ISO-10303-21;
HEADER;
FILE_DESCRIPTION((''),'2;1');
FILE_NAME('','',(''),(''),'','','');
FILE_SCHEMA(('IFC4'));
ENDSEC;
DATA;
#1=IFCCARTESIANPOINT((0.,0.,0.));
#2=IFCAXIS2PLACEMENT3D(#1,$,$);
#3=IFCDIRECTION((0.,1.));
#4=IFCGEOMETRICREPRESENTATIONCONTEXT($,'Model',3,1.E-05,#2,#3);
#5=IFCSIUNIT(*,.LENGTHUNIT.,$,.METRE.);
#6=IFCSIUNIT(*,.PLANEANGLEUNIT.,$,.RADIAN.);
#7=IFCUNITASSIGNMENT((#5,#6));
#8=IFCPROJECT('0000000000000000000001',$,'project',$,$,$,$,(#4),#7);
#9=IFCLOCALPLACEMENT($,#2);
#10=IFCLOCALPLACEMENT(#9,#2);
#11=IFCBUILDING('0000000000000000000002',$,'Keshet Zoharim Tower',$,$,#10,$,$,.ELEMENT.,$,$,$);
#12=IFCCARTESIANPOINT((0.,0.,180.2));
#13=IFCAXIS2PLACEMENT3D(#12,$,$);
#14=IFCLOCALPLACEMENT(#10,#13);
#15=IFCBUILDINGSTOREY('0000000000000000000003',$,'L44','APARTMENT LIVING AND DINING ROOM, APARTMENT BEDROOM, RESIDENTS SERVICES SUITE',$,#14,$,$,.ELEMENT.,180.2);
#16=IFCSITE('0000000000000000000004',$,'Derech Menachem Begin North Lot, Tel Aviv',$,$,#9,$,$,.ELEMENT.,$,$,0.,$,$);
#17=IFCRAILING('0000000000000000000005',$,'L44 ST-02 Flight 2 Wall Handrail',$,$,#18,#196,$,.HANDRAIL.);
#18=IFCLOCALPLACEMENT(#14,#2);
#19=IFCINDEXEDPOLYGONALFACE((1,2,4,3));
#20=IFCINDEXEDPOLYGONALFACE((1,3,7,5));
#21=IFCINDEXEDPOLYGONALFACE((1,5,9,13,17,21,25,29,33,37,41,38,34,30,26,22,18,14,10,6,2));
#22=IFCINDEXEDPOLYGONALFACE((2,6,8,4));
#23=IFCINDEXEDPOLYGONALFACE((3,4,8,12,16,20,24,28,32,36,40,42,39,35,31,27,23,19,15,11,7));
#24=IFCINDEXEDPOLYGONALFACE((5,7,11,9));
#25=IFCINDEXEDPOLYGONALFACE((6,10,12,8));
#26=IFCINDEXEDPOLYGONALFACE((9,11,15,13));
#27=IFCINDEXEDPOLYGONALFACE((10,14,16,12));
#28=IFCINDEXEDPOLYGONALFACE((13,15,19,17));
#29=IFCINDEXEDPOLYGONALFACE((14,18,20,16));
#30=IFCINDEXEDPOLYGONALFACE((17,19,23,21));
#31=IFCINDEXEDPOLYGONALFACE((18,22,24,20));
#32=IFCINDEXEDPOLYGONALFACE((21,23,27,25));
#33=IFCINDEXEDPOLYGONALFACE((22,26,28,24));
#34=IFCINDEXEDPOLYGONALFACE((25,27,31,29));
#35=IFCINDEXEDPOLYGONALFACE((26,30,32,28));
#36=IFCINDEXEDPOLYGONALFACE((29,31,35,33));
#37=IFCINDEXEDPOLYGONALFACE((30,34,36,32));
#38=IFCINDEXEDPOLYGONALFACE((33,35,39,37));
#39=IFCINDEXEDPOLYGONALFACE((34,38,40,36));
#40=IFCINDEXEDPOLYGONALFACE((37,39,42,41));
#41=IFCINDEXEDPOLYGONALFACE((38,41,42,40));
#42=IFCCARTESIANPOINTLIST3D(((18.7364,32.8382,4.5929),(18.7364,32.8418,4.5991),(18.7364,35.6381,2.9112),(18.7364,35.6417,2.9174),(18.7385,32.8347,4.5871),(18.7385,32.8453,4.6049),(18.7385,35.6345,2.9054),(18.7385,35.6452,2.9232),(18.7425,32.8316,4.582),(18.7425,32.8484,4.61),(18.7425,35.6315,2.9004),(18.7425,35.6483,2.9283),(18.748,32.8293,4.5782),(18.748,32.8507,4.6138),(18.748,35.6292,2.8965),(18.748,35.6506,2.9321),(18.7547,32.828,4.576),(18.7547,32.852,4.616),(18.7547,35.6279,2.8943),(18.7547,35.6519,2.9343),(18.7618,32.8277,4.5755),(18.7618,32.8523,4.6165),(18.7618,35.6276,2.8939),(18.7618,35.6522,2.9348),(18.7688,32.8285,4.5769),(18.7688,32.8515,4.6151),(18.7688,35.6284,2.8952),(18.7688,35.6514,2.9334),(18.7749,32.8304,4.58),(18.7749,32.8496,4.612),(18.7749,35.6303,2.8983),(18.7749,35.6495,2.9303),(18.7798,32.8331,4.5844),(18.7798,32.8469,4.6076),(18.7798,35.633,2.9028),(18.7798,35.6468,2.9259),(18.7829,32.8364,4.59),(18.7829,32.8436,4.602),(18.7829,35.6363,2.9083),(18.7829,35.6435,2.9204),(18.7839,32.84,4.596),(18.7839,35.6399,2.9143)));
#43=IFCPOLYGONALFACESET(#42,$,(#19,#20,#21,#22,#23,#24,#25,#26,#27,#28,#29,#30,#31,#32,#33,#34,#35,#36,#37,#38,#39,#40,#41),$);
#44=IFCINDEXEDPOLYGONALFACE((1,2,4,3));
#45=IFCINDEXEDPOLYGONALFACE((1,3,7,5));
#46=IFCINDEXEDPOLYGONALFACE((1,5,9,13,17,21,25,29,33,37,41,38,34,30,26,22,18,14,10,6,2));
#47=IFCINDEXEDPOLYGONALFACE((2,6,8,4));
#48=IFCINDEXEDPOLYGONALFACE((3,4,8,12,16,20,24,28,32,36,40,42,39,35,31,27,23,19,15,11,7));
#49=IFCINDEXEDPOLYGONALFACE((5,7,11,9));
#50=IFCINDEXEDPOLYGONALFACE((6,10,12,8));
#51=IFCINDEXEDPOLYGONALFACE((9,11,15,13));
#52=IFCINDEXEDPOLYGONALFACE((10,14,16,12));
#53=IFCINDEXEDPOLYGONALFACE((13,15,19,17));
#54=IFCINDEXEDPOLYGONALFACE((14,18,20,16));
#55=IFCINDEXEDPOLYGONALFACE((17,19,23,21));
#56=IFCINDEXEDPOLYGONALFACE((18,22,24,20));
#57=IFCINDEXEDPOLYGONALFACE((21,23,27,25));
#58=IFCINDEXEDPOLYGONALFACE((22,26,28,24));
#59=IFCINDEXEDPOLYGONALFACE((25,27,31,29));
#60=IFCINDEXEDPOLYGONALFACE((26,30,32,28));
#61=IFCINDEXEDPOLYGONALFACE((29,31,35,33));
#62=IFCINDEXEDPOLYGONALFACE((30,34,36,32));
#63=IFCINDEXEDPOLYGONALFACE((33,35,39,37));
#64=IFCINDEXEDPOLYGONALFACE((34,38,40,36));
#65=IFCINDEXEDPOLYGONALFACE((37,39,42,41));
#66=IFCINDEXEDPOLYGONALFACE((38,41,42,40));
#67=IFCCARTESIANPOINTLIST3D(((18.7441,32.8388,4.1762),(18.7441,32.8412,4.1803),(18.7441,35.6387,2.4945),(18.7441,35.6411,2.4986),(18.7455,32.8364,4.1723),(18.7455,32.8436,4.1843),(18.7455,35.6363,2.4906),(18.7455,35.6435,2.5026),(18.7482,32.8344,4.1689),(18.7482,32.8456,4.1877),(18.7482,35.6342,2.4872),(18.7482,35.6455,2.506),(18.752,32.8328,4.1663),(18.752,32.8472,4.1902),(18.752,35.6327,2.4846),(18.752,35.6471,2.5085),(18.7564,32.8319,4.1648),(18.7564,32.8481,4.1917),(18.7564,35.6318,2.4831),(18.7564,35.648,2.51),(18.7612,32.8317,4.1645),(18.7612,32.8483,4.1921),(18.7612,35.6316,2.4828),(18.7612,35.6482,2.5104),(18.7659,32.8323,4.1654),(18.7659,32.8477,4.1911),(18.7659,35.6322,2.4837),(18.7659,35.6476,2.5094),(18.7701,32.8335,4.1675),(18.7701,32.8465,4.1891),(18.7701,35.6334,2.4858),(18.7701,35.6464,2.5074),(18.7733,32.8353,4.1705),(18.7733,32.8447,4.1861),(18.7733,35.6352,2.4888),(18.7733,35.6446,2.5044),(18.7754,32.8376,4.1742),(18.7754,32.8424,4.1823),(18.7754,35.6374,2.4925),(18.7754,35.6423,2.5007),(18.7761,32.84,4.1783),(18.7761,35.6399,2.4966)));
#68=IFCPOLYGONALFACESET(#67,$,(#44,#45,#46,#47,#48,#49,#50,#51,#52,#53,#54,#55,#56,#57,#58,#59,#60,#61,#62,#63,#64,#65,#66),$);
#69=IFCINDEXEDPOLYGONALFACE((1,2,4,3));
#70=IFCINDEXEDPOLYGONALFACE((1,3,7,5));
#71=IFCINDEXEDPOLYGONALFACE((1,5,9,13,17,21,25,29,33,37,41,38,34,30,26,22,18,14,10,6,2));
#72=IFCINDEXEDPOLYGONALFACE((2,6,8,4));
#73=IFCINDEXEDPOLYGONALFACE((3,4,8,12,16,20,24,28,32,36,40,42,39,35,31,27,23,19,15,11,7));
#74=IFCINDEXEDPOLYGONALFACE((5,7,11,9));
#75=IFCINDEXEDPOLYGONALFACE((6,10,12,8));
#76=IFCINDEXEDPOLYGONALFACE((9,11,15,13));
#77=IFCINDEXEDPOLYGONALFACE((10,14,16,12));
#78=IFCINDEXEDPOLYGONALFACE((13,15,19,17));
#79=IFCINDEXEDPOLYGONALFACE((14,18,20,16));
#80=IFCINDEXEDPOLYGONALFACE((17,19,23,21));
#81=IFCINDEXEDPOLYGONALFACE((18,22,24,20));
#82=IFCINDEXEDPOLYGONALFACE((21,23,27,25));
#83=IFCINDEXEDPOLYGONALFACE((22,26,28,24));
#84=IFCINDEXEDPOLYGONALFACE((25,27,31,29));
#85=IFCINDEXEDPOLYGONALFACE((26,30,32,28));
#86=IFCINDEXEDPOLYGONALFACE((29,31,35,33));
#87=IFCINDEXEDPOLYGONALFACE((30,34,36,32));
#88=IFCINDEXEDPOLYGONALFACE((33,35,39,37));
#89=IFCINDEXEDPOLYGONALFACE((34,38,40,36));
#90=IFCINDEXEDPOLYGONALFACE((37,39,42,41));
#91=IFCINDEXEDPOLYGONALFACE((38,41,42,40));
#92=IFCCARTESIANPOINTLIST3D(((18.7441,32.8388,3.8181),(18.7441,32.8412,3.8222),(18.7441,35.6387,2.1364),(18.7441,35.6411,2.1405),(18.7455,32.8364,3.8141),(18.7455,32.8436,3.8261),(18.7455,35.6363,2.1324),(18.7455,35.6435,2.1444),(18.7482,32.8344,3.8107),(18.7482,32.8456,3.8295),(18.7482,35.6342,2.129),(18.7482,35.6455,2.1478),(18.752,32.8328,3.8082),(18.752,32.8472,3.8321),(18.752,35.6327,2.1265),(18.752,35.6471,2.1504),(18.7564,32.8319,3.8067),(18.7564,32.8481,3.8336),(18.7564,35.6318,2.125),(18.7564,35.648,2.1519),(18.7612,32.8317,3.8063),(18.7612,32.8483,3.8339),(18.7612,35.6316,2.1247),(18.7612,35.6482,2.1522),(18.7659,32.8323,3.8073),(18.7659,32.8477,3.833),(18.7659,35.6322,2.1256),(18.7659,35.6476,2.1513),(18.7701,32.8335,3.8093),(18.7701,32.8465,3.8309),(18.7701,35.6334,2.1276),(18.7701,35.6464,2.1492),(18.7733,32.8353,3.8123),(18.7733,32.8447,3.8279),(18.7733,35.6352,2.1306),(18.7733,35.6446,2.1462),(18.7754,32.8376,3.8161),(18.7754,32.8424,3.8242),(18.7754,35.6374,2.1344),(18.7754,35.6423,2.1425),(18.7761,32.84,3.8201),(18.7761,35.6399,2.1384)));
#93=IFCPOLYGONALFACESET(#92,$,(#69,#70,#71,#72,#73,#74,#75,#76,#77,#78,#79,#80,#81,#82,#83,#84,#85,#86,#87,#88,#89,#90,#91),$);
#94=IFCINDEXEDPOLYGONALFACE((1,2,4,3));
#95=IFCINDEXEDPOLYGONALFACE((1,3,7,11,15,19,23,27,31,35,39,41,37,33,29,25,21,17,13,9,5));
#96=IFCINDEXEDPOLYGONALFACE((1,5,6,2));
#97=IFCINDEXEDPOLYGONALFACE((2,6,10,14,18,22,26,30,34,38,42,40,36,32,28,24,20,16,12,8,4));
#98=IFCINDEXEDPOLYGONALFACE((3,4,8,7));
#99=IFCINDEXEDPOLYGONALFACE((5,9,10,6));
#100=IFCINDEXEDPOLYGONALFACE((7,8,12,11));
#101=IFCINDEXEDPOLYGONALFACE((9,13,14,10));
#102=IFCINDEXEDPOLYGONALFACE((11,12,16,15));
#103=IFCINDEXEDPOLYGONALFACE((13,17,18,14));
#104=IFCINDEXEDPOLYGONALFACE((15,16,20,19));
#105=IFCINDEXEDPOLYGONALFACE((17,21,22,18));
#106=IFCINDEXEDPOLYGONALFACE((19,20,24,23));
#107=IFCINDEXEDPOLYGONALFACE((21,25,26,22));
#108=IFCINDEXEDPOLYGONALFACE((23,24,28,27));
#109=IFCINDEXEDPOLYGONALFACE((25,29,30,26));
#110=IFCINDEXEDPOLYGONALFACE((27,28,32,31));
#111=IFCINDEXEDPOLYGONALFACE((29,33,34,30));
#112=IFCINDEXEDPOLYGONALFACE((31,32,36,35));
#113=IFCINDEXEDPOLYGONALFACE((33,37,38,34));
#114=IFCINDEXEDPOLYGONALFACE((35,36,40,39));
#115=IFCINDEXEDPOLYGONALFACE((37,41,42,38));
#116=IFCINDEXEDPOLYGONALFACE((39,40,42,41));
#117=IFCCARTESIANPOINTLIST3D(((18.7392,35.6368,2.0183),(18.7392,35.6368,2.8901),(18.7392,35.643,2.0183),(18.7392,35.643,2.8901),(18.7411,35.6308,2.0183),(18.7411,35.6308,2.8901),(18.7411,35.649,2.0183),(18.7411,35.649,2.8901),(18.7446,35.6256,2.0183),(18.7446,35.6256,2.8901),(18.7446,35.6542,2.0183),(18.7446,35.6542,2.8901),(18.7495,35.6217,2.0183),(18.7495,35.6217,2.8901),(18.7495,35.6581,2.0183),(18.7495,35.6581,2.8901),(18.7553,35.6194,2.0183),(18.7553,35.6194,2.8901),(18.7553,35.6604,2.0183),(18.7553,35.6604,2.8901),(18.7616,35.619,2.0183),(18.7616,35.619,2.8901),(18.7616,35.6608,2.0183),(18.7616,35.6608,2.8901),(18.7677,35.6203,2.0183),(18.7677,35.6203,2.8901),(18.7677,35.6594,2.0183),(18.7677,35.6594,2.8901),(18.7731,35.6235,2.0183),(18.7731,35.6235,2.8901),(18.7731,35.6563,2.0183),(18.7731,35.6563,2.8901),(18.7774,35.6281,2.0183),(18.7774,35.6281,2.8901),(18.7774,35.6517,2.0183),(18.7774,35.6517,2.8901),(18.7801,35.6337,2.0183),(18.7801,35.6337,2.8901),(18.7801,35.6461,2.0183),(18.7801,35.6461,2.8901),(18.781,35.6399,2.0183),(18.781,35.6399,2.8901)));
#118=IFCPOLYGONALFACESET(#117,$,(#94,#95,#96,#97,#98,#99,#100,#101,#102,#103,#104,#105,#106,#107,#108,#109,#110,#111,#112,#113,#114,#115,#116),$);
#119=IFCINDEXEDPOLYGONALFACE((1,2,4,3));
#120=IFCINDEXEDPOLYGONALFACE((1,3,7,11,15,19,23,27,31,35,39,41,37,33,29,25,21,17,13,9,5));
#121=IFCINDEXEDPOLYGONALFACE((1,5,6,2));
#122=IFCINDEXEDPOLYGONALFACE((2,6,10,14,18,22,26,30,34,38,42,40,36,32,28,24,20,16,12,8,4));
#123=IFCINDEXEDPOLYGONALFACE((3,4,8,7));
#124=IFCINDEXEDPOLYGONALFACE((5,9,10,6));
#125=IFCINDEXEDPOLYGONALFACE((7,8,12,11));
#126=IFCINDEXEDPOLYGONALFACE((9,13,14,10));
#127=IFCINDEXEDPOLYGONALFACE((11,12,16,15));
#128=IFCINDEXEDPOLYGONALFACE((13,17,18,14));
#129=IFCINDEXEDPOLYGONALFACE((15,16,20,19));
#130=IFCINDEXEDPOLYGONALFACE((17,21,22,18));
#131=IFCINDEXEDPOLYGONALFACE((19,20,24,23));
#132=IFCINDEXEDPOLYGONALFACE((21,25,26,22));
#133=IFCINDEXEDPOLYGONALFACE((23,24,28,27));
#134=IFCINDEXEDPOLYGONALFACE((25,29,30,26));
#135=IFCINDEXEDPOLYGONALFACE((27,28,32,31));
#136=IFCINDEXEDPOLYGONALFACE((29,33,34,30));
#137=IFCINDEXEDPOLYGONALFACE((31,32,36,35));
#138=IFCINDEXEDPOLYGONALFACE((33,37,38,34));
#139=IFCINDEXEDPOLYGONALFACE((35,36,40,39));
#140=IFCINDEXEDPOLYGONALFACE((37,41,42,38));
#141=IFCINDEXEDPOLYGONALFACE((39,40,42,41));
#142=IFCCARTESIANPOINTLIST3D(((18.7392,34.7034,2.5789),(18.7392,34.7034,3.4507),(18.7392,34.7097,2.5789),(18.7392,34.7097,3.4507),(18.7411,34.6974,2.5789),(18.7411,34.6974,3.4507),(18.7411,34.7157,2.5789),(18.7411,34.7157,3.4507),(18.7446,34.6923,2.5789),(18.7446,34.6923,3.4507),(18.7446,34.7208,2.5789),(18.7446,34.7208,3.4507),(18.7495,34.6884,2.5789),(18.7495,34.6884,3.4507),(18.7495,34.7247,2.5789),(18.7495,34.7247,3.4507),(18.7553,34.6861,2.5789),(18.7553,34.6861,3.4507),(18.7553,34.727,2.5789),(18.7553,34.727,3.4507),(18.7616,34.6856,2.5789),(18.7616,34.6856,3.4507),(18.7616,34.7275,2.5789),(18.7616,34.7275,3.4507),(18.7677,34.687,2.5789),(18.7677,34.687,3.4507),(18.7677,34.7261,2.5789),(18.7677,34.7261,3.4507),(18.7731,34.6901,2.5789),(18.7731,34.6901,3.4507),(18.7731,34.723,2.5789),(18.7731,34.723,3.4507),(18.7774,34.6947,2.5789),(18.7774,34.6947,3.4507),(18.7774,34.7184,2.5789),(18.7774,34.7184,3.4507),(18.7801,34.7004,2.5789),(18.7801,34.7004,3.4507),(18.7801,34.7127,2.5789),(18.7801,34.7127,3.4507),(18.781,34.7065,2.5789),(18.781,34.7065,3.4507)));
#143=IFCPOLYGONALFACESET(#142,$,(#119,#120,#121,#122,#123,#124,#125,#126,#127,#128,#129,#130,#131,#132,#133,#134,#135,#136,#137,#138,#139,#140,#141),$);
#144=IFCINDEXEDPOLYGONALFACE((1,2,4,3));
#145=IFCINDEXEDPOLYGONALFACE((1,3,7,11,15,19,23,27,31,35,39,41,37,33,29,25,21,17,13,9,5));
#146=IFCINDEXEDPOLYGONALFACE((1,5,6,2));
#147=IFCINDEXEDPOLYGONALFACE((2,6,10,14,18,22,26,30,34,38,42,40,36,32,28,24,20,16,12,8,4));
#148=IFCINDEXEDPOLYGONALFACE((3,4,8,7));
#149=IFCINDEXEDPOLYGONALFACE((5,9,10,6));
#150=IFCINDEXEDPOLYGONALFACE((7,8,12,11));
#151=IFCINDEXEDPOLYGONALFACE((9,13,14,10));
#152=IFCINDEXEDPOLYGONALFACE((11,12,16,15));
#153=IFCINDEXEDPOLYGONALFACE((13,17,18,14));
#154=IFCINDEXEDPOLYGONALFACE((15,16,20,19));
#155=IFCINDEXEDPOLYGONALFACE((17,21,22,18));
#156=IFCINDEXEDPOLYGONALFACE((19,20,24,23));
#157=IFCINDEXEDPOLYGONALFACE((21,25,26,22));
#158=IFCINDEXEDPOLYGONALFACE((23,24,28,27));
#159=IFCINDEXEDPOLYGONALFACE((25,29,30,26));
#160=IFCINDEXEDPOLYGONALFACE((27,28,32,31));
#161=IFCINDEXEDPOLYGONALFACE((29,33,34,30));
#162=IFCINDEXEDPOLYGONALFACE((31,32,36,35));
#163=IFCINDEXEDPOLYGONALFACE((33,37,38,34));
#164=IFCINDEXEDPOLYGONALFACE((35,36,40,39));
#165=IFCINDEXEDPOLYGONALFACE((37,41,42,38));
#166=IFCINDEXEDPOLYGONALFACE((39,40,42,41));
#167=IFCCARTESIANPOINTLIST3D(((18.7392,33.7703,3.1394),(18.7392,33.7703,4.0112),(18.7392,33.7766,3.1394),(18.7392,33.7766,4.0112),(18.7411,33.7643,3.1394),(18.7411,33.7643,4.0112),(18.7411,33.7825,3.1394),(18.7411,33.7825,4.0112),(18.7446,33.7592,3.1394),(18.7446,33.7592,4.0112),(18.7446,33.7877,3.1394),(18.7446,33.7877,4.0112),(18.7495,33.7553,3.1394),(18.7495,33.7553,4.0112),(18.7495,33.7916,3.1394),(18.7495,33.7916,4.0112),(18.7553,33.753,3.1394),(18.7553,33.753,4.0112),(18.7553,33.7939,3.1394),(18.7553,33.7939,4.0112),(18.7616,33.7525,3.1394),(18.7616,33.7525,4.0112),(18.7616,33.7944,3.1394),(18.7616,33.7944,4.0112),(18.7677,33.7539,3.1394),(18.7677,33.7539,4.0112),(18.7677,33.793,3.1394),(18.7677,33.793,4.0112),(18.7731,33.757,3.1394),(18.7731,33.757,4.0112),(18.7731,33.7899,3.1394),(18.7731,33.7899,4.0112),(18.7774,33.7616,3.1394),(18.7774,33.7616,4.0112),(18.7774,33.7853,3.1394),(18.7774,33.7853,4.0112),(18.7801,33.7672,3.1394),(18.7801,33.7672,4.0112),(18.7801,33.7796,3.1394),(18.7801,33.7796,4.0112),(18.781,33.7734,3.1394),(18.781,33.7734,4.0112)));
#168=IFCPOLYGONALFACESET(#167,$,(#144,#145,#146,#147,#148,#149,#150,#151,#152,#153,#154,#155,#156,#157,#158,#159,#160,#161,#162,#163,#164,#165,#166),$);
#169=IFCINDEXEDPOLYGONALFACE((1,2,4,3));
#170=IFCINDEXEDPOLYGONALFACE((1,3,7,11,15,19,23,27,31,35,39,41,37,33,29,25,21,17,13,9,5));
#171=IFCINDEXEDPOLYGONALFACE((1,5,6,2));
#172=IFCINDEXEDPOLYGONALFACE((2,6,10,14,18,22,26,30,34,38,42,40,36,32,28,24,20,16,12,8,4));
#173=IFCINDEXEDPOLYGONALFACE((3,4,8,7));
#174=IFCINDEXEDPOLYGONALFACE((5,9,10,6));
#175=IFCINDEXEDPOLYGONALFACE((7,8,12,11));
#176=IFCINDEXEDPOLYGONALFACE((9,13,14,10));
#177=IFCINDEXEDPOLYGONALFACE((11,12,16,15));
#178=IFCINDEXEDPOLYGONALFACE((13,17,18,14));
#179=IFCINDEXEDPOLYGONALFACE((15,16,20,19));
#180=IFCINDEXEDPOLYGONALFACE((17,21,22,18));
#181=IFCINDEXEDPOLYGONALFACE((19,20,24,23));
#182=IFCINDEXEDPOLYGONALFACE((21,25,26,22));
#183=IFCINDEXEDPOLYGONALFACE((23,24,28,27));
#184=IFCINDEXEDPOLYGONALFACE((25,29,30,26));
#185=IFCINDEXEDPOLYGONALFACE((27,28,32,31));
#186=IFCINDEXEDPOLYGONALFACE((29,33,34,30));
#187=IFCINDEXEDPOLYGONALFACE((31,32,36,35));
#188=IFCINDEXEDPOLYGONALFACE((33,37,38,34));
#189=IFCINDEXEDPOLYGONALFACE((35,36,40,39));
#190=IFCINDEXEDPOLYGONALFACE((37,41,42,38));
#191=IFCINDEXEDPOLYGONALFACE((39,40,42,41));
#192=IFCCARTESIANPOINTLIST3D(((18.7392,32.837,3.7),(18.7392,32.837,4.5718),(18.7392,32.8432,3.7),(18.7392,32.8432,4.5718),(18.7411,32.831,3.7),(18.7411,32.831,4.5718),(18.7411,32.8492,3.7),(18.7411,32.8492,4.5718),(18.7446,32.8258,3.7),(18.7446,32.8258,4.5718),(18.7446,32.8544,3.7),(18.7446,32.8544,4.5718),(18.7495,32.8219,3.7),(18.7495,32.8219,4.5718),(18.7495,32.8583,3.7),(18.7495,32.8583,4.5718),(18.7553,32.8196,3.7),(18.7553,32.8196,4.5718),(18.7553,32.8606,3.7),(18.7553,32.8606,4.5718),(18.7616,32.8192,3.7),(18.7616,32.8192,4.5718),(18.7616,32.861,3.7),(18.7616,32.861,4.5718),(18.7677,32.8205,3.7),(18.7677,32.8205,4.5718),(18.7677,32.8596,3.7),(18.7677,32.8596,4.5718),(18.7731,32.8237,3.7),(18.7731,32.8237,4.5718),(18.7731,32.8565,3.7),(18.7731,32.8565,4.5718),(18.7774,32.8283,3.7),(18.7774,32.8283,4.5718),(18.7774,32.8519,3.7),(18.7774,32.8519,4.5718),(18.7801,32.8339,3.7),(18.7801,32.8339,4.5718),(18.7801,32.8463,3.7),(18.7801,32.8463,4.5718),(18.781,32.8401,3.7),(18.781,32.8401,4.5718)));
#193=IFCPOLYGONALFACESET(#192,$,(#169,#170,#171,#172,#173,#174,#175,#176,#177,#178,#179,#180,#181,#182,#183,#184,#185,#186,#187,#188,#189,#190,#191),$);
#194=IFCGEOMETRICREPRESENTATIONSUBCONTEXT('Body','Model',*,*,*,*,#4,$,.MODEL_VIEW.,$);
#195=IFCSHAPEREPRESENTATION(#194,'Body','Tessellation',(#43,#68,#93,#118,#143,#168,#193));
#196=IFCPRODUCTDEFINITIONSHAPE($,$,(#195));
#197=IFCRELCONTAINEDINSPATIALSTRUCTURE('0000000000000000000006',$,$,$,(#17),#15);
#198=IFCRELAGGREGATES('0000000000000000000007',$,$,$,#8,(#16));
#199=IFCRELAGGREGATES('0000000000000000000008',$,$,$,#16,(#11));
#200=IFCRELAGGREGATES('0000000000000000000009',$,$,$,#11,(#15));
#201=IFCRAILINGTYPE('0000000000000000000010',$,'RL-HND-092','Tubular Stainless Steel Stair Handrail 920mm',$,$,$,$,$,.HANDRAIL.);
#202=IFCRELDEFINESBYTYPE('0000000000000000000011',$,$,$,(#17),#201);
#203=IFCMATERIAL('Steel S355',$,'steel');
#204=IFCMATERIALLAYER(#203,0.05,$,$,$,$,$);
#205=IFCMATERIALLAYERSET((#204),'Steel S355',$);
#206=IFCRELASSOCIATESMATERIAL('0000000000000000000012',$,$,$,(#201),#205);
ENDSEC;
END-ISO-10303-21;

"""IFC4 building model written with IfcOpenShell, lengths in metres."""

from ifc_helpers import new_model, si_unit, direction, frame, origin, origin_2d, place, context, subcontext, project, spatial, circle, extrude, material, layer, layer_set, type_object, element, save


model = new_model("IFC4")

# Units and contexts
model_context = context("Model", 3, precision=1e-05, world=origin(), true_north=direction((0.0, 1.0)))
body_context = subcontext(model_context, "Body", "Model", "MODEL_VIEW")
ifc_project = project(units=[si_unit("LENGTHUNIT", "METRE"), si_unit("PLANEANGLEUNIT", "RADIAN")], contexts=[model_context])

# Site, building, storey
site_placement = place(None, origin())
site = spatial("IfcSite", under=ifc_project, at=site_placement, Name="Derech Menachem Begin North Lot, Tel Aviv", CompositionType="ELEMENT", RefElevation=0.0)
building_placement = place(site_placement, origin())
building = spatial("IfcBuilding", under=site, at=building_placement, Name="Keshet Zoharim Tower", CompositionType="ELEMENT")
storey_placement = place(building_placement, frame((0.0, 0.0, 180.2)))
storey = spatial("IfcBuildingStorey", under=building, at=storey_placement, Name="L44", Description="APARTMENT LIVING AND DINING ROOM, APARTMENT BEDROOM, RESIDENTS SERVICES SUITE", CompositionType="ELEMENT", Elevation=180.2)

# Shared definitions
ifc_material_1 = material(Name="Steel S355", Category="steel")

# Railing
ifc_layer_1 = layer(ifc_material_1, 0.05)
ifc_layer_set_1 = layer_set([ifc_layer_1], Name="Steel S355")
railing_type_1 = type_object("IfcRailingType", Name="RL-HND-092", Description="Tubular Stainless Steel Stair Handrail 920mm", PredefinedType="HANDRAIL", material=ifc_layer_set_1)
railing_1_placement = place(storey_placement, frame((18.76, 35.6399, 2.0183)))
element("IfcRailing", 1, at=railing_1_placement, inside=storey, type_object=railing_type_1, Name="L44 ST-02 Flight 2 Wall Handrail", PredefinedType="HANDRAIL", context=body_context, shape_type="SweptSolid", body=[
    extrude(circle(Radius=0.0239, at=origin_2d()), frame((0.0, 0.0, 0.896), z_axis=(0.0, -0.857255, 0.514891), x_axis=(1.0, 0.0, 0.0)), (0.0, 0.0, 1.0), 3.2661),
    extrude(circle(Radius=0.0161, at=origin_2d()), frame((0.0, 0.0, 0.4783), z_axis=(0.0, -0.857255, 0.514891), x_axis=(1.0, 0.0, 0.0)), (0.0, 0.0, 1.0), 3.2661),
    extrude(circle(Radius=0.0161, at=origin_2d()), frame((0.0, 0.0, 0.1201), z_axis=(0.0, -0.857255, 0.514891), x_axis=(1.0, 0.0, 0.0)), (0.0, 0.0, 1.0), 3.2661),
    extrude(circle(Radius=0.021, at=origin_2d()), origin(), (0.0, 0.0, 1.0), 0.8718),
    extrude(circle(Radius=0.021, at=origin_2d()), frame((0.0, -0.9333, 0.5605)), (0.0, 0.0, 1.0), 0.8718),
    extrude(circle(Radius=0.021, at=origin_2d()), frame((0.0, -1.8665, 1.1211)), (0.0, 0.0, 1.0), 0.8718),
    extrude(circle(Radius=0.021, at=origin_2d()), frame((0.0, -2.7998, 1.6816)), (0.0, 0.0, 1.0), 0.8718),
])

save(model, "model.ifc")
